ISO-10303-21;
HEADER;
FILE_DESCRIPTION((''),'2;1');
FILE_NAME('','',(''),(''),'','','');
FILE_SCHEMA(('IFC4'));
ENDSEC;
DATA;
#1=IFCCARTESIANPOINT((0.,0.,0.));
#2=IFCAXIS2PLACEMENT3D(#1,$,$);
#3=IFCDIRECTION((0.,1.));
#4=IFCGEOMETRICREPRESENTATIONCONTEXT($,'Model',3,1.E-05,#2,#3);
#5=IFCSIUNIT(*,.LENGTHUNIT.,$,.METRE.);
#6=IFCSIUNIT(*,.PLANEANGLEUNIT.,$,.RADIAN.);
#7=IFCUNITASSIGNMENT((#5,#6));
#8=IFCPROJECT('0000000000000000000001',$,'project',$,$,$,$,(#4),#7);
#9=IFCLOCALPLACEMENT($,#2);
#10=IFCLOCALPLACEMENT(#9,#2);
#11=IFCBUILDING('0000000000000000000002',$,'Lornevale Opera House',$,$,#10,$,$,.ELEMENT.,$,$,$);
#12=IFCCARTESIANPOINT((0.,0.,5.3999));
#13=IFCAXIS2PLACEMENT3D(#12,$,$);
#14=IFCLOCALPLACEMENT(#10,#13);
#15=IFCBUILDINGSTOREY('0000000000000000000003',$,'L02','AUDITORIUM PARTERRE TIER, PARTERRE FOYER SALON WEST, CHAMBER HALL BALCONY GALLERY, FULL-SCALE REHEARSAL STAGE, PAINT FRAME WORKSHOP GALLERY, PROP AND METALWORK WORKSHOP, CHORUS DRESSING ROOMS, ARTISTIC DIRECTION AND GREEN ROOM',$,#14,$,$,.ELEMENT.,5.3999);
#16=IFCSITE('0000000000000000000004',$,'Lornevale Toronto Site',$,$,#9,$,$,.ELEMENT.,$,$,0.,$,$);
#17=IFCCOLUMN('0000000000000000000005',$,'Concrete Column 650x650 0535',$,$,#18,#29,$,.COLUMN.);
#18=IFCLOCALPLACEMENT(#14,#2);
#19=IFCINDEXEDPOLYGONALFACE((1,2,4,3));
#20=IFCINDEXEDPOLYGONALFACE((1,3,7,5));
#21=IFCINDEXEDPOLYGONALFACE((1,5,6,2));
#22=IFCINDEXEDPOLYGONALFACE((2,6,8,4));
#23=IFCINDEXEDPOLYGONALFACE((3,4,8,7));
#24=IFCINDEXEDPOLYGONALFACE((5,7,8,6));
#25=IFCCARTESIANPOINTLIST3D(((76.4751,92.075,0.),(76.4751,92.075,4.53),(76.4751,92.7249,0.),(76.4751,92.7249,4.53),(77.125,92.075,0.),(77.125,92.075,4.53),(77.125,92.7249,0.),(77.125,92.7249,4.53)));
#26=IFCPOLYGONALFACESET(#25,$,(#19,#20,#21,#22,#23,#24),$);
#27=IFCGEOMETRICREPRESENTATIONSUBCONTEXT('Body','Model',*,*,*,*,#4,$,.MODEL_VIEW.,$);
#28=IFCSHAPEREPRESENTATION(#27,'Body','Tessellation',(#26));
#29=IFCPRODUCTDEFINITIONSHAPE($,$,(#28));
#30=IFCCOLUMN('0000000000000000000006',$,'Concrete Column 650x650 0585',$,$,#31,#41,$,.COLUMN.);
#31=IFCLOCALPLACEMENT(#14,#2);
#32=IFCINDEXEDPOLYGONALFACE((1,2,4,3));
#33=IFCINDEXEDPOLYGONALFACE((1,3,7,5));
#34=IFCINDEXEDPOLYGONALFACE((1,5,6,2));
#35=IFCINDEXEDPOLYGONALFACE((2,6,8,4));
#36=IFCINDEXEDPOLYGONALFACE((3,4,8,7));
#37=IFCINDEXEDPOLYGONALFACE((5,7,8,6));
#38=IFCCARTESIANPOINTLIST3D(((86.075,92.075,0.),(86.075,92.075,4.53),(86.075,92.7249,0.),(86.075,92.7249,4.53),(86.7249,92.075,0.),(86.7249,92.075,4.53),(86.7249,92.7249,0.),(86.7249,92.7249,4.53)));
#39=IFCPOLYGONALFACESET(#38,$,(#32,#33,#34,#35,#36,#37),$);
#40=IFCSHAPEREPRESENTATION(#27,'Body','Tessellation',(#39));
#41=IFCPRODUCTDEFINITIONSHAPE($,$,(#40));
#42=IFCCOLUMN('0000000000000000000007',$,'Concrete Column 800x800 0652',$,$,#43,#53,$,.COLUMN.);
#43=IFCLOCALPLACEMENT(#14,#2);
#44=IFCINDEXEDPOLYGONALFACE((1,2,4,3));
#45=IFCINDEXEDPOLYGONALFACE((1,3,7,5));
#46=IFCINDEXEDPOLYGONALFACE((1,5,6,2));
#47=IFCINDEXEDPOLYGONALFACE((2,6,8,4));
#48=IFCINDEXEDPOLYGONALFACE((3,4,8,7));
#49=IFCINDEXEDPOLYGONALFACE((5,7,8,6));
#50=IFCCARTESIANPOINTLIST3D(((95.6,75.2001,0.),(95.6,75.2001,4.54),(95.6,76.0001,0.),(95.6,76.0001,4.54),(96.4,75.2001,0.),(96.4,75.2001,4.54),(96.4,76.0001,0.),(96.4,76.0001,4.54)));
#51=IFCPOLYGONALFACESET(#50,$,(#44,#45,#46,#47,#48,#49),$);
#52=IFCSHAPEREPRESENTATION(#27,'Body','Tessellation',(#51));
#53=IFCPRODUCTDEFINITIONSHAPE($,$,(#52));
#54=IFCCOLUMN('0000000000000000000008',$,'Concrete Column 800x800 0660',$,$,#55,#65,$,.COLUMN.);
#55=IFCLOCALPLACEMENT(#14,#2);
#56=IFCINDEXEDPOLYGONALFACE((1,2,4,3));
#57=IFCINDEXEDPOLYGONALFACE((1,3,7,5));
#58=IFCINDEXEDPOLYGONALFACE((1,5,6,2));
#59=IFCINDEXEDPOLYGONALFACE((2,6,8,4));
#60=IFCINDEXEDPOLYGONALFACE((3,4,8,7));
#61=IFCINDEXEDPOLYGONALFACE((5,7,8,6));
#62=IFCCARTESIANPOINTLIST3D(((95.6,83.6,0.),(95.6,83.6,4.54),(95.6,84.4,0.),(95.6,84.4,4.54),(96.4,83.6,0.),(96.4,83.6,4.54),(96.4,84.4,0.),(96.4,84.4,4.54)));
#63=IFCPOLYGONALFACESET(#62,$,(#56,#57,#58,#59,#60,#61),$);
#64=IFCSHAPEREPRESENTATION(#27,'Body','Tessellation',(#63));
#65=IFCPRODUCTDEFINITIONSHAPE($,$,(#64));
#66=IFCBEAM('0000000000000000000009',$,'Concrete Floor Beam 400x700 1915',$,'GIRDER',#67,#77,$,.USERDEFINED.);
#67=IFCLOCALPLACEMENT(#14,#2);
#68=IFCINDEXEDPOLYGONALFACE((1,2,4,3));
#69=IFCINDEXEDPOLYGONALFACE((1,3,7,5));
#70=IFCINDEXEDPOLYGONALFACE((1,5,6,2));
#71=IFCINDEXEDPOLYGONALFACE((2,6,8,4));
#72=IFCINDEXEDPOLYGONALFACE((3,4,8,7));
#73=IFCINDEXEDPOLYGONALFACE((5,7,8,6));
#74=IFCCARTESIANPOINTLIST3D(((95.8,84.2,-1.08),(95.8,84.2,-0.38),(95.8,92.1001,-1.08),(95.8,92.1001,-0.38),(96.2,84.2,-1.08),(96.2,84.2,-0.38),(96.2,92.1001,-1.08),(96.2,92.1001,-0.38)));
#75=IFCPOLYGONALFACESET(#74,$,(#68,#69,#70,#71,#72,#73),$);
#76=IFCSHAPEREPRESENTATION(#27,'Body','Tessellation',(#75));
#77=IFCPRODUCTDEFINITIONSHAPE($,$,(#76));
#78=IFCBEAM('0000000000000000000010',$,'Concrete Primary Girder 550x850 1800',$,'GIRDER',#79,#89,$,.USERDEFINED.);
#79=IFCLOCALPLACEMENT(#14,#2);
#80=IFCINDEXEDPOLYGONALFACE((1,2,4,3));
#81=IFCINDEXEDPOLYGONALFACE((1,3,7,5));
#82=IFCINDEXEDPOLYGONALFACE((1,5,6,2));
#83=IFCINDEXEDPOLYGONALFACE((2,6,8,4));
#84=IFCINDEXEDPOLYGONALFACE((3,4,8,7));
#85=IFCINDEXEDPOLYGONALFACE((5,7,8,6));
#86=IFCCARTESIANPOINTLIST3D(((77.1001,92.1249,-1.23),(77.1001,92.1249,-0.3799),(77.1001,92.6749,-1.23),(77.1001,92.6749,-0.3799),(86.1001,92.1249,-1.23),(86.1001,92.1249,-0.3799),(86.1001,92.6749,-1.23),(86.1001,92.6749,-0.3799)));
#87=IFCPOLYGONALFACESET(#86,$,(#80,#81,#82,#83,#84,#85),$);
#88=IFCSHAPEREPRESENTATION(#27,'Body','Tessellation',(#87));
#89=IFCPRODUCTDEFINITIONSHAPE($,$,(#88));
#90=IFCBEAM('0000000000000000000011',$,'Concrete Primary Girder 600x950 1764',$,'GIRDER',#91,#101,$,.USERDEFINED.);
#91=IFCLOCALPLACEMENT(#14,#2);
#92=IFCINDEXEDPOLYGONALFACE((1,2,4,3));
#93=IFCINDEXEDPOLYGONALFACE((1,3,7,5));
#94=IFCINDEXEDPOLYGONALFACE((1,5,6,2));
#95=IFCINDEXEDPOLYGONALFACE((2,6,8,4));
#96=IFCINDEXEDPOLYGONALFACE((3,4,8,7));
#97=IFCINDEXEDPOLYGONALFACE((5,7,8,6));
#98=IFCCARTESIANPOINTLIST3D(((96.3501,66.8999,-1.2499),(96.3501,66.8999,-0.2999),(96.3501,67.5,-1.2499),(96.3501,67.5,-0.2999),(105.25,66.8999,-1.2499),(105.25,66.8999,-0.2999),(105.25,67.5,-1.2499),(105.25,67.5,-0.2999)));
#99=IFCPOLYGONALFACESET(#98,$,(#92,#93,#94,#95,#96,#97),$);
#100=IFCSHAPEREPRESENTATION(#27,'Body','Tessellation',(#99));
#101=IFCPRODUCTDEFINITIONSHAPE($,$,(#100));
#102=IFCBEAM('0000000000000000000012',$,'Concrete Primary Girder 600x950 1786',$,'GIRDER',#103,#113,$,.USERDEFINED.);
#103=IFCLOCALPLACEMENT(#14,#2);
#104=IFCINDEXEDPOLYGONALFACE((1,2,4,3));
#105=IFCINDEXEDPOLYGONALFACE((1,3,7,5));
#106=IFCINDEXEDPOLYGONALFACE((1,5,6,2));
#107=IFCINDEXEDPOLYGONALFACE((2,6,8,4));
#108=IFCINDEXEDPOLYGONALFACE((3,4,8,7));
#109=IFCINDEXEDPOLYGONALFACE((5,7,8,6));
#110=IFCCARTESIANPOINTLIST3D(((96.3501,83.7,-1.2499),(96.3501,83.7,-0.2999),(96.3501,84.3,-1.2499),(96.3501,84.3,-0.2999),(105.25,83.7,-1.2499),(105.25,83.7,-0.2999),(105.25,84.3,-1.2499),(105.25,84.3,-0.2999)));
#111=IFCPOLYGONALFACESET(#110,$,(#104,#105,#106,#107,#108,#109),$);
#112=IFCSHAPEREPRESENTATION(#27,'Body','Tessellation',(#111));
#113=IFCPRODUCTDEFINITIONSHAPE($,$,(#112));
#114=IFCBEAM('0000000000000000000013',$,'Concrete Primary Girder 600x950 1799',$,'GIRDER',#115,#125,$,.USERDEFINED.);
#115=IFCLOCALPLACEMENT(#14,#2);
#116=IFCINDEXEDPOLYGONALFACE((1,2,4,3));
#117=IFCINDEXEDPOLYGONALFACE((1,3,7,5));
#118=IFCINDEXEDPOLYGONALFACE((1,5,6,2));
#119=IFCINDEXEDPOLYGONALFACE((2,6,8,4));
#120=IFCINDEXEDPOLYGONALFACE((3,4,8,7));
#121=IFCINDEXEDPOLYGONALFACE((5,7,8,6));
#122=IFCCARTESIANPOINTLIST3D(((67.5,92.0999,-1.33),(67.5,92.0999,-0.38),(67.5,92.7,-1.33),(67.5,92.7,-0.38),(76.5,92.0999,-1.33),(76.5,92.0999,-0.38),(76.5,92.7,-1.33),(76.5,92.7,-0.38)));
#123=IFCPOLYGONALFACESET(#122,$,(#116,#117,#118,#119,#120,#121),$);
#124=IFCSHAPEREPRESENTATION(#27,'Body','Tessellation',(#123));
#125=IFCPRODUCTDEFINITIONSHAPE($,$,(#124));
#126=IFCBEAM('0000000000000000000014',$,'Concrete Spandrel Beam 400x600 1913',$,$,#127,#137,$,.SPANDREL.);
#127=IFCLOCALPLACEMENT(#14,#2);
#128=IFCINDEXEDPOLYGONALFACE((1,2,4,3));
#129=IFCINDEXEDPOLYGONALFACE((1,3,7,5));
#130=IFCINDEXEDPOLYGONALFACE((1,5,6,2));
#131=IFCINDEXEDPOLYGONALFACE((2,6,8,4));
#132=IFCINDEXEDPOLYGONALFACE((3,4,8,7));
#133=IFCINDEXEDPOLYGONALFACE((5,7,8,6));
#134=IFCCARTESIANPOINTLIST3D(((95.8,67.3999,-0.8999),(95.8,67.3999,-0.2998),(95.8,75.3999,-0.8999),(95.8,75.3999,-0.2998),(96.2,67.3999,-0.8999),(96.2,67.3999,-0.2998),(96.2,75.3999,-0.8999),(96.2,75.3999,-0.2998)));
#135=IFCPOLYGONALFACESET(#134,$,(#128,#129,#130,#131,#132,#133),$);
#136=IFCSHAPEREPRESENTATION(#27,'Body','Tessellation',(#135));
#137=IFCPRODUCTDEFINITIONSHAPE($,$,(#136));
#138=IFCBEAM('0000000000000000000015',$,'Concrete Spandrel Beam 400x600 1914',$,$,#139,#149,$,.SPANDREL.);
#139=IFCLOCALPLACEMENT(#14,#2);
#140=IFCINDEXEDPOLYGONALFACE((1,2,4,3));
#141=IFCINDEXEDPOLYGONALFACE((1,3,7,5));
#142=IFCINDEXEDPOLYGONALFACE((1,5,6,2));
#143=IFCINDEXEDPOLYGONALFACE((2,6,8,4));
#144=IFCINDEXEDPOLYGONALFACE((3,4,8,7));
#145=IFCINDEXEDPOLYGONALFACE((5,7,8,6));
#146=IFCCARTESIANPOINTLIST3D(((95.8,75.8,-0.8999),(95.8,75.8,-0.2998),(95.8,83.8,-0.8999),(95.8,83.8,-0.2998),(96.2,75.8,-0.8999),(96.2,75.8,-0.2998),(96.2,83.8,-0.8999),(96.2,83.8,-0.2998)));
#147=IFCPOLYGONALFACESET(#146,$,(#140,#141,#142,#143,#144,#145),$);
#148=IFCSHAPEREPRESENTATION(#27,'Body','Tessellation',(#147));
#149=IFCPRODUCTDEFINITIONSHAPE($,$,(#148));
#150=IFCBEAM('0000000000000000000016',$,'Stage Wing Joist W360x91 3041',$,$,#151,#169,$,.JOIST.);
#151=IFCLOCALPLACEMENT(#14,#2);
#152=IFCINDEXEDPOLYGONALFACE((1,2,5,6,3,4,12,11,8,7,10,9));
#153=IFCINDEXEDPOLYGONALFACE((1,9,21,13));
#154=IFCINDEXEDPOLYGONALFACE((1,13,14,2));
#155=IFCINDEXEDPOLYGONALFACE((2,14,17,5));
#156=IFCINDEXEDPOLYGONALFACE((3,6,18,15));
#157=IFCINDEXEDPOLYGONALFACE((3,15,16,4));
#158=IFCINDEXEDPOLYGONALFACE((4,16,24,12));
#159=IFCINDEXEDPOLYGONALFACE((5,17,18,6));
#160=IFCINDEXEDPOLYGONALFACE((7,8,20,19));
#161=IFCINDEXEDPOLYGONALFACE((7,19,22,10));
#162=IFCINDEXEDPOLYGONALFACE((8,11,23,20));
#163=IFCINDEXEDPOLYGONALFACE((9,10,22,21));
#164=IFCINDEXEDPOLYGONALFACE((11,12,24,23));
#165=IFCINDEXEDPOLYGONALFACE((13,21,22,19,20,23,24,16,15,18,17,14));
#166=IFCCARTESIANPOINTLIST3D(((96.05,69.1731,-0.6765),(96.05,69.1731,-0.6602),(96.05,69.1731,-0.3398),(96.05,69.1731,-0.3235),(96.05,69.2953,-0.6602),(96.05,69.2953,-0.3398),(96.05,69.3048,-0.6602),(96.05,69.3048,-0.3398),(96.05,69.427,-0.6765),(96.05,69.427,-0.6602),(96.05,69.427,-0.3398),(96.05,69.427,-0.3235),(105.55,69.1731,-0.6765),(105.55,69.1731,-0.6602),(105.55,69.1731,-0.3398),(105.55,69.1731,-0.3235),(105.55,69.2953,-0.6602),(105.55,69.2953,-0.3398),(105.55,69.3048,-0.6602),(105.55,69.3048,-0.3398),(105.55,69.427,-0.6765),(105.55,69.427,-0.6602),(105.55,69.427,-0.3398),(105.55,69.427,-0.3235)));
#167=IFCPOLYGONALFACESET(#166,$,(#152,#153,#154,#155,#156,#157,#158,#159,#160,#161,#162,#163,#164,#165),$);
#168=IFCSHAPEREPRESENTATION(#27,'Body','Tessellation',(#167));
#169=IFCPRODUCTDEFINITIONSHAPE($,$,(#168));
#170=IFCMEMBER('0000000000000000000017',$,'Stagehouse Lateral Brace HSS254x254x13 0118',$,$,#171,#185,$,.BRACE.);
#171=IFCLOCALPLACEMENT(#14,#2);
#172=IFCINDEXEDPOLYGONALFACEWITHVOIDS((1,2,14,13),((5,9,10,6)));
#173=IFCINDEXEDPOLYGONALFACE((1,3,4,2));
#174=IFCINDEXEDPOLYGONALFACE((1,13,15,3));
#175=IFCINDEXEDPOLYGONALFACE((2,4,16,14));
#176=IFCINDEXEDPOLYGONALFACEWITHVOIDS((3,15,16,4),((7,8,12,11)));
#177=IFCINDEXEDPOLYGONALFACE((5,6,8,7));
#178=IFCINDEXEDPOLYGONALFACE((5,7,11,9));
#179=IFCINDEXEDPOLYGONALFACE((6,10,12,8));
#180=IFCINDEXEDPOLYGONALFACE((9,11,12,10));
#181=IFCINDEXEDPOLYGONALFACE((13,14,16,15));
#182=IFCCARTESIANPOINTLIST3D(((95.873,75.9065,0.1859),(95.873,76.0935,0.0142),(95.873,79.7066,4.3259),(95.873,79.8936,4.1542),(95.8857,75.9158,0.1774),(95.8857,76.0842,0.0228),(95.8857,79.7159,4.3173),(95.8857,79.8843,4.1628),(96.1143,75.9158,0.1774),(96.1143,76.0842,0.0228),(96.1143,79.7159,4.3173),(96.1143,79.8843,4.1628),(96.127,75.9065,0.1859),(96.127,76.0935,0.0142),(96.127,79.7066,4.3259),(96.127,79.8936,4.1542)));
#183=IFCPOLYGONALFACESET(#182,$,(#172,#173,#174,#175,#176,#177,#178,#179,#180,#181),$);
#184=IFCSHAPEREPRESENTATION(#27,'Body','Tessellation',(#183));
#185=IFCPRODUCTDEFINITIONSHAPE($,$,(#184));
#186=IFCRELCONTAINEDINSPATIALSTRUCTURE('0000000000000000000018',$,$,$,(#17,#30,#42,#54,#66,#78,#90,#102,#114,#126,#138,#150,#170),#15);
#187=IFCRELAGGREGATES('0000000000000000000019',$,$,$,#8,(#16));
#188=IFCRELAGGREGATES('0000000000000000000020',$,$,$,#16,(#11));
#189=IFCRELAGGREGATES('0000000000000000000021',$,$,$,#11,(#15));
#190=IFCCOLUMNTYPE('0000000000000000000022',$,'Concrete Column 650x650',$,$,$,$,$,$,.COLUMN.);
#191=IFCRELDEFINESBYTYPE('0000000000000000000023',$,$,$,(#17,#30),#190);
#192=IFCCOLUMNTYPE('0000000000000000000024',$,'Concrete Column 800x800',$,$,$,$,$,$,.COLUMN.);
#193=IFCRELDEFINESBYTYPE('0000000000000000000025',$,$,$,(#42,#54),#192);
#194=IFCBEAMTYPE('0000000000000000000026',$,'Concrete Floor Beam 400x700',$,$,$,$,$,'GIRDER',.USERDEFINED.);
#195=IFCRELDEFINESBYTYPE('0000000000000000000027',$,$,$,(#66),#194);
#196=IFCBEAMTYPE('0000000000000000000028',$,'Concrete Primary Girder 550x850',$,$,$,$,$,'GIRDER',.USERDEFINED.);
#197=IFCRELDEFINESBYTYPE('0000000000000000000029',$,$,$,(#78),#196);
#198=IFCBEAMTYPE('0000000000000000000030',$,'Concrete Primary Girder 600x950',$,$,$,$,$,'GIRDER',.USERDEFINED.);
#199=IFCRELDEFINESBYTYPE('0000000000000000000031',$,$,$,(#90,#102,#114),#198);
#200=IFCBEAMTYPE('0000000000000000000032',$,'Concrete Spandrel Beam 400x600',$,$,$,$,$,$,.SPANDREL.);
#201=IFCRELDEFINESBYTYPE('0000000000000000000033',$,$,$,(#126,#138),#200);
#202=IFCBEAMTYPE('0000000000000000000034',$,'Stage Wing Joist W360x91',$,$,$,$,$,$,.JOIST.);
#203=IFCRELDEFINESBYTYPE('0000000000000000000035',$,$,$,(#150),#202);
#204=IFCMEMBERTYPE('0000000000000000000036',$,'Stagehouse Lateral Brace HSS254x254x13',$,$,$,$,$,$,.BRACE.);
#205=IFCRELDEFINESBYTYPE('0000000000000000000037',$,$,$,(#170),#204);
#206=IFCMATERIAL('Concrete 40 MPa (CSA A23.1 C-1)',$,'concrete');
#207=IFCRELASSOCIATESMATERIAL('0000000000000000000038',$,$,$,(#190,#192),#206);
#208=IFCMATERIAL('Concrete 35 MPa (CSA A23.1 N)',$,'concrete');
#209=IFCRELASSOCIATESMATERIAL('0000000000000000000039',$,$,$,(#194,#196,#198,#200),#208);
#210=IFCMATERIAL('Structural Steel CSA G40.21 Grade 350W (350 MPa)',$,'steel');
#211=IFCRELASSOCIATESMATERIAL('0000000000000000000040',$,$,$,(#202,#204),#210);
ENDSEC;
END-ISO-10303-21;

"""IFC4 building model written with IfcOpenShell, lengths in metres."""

from ifc_helpers import new_model, si_unit, direction, frame, origin, origin_2d, place, context, subcontext, project, spatial, rectangle, hollow_rectangle, i_section, extrude, material, material_profile, profile_set, type_object, element, save


model = new_model("IFC4")

# Units and contexts
model_context = context("Model", 3, precision=1e-05, world=origin(), true_north=direction((0.0, 1.0)))
body_context = subcontext(model_context, "Body", "Model", "MODEL_VIEW")
ifc_project = project(units=[si_unit("LENGTHUNIT", "METRE"), si_unit("PLANEANGLEUNIT", "RADIAN")], contexts=[model_context])

# Site, building, storey
site_placement = place(None, origin())
site = spatial("IfcSite", under=ifc_project, at=site_placement, Name="Lornevale Toronto Site", CompositionType="ELEMENT", RefElevation=0.0)
building_placement = place(site_placement, origin())
building = spatial("IfcBuilding", under=site, at=building_placement, Name="Lornevale Opera House", CompositionType="ELEMENT")
storey_placement = place(building_placement, frame((0.0, 0.0, 5.3999)))
storey = spatial("IfcBuildingStorey", under=building, at=storey_placement, Name="L02", Description="AUDITORIUM PARTERRE TIER, PARTERRE FOYER SALON WEST, CHAMBER HALL BALCONY GALLERY, FULL-SCALE REHEARSAL STAGE, PAINT FRAME WORKSHOP GALLERY, PROP AND METALWORK WORKSHOP, CHORUS DRESSING ROOMS, ARTISTIC DIRECTION AND GREEN ROOM", CompositionType="ELEMENT", Elevation=5.3999)

# Columns
ifc_material_1 = material(Name="Concrete 40 MPa (CSA A23.1 C-1)", Category="concrete")
ifc_material_profile_1 = material_profile(ifc_material_1, rectangle(XDim=0.6499, YDim=0.6499, at=origin_2d()), Name="RC650x650")
ifc_profile_set_1 = profile_set([ifc_material_profile_1], Name="Concrete 40 MPa (CSA A23.1 C-1)")
column_type_1 = type_object("IfcColumnType", Name="Concrete Column 650x650", PredefinedType="COLUMN", material=ifc_profile_set_1)
for number, where, z_axis, x_axis, name in (
    (1, (76.8, 92.3999, 0.0), (0.0, 0.0, 1.0), (1.0, 0.0, 0.0), "Concrete Column 650x650 0535"),
    (2, (86.3999, 92.3999, 0.0), (0.0, 0.0, 1.0), (1.0, 0.0, 0.0), "Concrete Column 650x650 0585"),
):
    element("IfcColumn", number, at=place(storey_placement, frame(where, z_axis=z_axis, x_axis=x_axis)), inside=storey, type_object=column_type_1, Name=name, PredefinedType="COLUMN", context=body_context, shape_type="SweptSolid", body=[
        extrude(rectangle(XDim=0.6499, YDim=0.6499, at=origin_2d()), origin(), (0.0, 0.0, 1.0), 4.53),
    ])
ifc_material_profile_2 = material_profile(ifc_material_1, rectangle(XDim=0.8, YDim=0.8, at=origin_2d()), Name="RC800x800")
ifc_profile_set_2 = profile_set([ifc_material_profile_2], Name="Concrete 40 MPa (CSA A23.1 C-1)")
column_type_2 = type_object("IfcColumnType", Name="Concrete Column 800x800", PredefinedType="COLUMN", material=ifc_profile_set_2)
for number, where, z_axis, x_axis, name in (
    (3, (96.0, 75.6001, 0.0), (0.0, 0.0, 1.0), (1.0, 0.0, 0.0), "Concrete Column 800x800 0652"),
    (4, (96.0, 84.0, 0.0), (0.0, 0.0, 1.0), (1.0, 0.0, 0.0), "Concrete Column 800x800 0660"),
):
    element("IfcColumn", number, at=place(storey_placement, frame(where, z_axis=z_axis, x_axis=x_axis)), inside=storey, type_object=column_type_2, Name=name, PredefinedType="COLUMN", context=body_context, shape_type="SweptSolid", body=[
        extrude(rectangle(XDim=0.8, YDim=0.8, at=origin_2d()), origin(), (0.0, 0.0, 1.0), 4.54),
    ])

# Beams
ifc_material_2 = material(Name="Concrete 35 MPa (CSA A23.1 N)", Category="concrete")
ifc_material_profile_3 = material_profile(ifc_material_2, rectangle(XDim=0.3999, YDim=0.7, at=origin_2d()), Name="RC400x700")
ifc_profile_set_3 = profile_set([ifc_material_profile_3], Name="Concrete 35 MPa (CSA A23.1 N)")
beam_type_1 = type_object("IfcBeamType", Name="Concrete Floor Beam 400x700", ElementType="GIRDER", PredefinedType="USERDEFINED", material=ifc_profile_set_3)
beam_1_placement = place(storey_placement, frame((96.0, 84.2, -0.73), z_axis=(0.0, 1.0, 0.0), x_axis=(-1.0, 0.0, 0.0)))
element("IfcBeam", 5, at=beam_1_placement, inside=storey, type_object=beam_type_1, Name="Concrete Floor Beam 400x700 1915", ObjectType="GIRDER", PredefinedType="USERDEFINED", context=body_context, shape_type="SweptSolid", body=[
    extrude(rectangle(XDim=0.3999, YDim=0.7, at=origin_2d()), origin(), (0.0, 0.0, 1.0), 7.9001),
])
ifc_material_profile_4 = material_profile(ifc_material_2, rectangle(XDim=0.55, YDim=0.8501, at=origin_2d()), Name="RC550x850")
ifc_profile_set_4 = profile_set([ifc_material_profile_4], Name="Concrete 35 MPa (CSA A23.1 N)")
beam_type_2 = type_object("IfcBeamType", Name="Concrete Primary Girder 550x850", ElementType="GIRDER", PredefinedType="USERDEFINED", material=ifc_profile_set_4)
beam_2_placement = place(storey_placement, frame((77.1001, 92.3999, -0.8049), z_axis=(1.0, 0.0, 0.0), x_axis=(0.0, 1.0, 0.0)))
element("IfcBeam", 6, at=beam_2_placement, inside=storey, type_object=beam_type_2, Name="Concrete Primary Girder 550x850 1800", ObjectType="GIRDER", PredefinedType="USERDEFINED", context=body_context, shape_type="SweptSolid", body=[
    extrude(rectangle(XDim=0.55, YDim=0.8501, at=origin_2d()), origin(), (0.0, 0.0, 1.0), 9.0),
])
ifc_material_profile_5 = material_profile(ifc_material_2, rectangle(XDim=0.6001, YDim=0.95, at=origin_2d()), Name="RC600x950")
ifc_profile_set_5 = profile_set([ifc_material_profile_5], Name="Concrete 35 MPa (CSA A23.1 N)")
beam_type_3 = type_object("IfcBeamType", Name="Concrete Primary Girder 600x950", ElementType="GIRDER", PredefinedType="USERDEFINED", material=ifc_profile_set_5)
for number, where, z_axis, x_axis, name in (
    (7, (96.3501, 67.2, -0.7749), (1.0, 0.0, 0.0), (0.0, 1.0, 0.0), "Concrete Primary Girder 600x950 1764"),
    (8, (96.3501, 84.0, -0.7749), (1.0, 0.0, 0.0), (0.0, 1.0, 0.0), "Concrete Primary Girder 600x950 1786"),
):
    element("IfcBeam", number, at=place(storey_placement, frame(where, z_axis=z_axis, x_axis=x_axis)), inside=storey, type_object=beam_type_3, Name=name, ObjectType="GIRDER", PredefinedType="USERDEFINED", context=body_context, shape_type="SweptSolid", body=[
        extrude(rectangle(XDim=0.6001, YDim=0.95, at=origin_2d()), origin(), (0.0, 0.0, 1.0), 8.8999),
    ])
beam_3_placement = place(storey_placement, frame((67.5, 92.3999, -0.855), z_axis=(1.0, 0.0, 0.0), x_axis=(0.0, 1.0, 0.0)))
element("IfcBeam", 9, at=beam_3_placement, inside=storey, type_object=beam_type_3, Name="Concrete Primary Girder 600x950 1799", ObjectType="GIRDER", PredefinedType="USERDEFINED", context=body_context, shape_type="SweptSolid", body=[
    extrude(rectangle(XDim=0.6001, YDim=0.95, at=origin_2d()), origin(), (0.0, 0.0, 1.0), 9.0),
])
ifc_material_profile_6 = material_profile(ifc_material_2, rectangle(XDim=0.3999, YDim=0.6001, at=origin_2d()), Name="RC400x600")
ifc_profile_set_6 = profile_set([ifc_material_profile_6], Name="Concrete 35 MPa (CSA A23.1 N)")
beam_type_4 = type_object("IfcBeamType", Name="Concrete Spandrel Beam 400x600", PredefinedType="SPANDREL", material=ifc_profile_set_6)
for number, where, z_axis, x_axis, name in (
    (10, (96.0, 67.3999, -0.5999), (0.0, 1.0, 0.0), (-1.0, 0.0, 0.0), "Concrete Spandrel Beam 400x600 1913"),
    (11, (96.0, 75.8, -0.5999), (0.0, 1.0, 0.0), (-1.0, 0.0, 0.0), "Concrete Spandrel Beam 400x600 1914"),
):
    element("IfcBeam", number, at=place(storey_placement, frame(where, z_axis=z_axis, x_axis=x_axis)), inside=storey, type_object=beam_type_4, Name=name, PredefinedType="SPANDREL", context=body_context, shape_type="SweptSolid", body=[
        extrude(rectangle(XDim=0.3999, YDim=0.6001, at=origin_2d()), origin(), (0.0, 0.0, 1.0), 8.0),
    ])
ifc_material_3 = material(Name="Structural Steel CSA G40.21 Grade 350W (350 MPa)", Category="steel")
ifc_material_profile_7 = material_profile(ifc_material_3, i_section(OverallWidth=0.2539, OverallDepth=0.353, WebThickness=0.0095, FlangeThickness=0.0164, at=origin_2d()), Name="W360x91")
ifc_profile_set_7 = profile_set([ifc_material_profile_7], Name="Structural Steel CSA G40.21 Grade 350W (350 MPa)")
beam_type_5 = type_object("IfcBeamType", Name="Stage Wing Joist W360x91", PredefinedType="JOIST", material=ifc_profile_set_7)
beam_4_placement = place(storey_placement, frame((96.05, 69.3, -0.5), z_axis=(1.0, 0.0, 0.0), x_axis=(0.0, 1.0, 0.0)))
element("IfcBeam", 12, at=beam_4_placement, inside=storey, type_object=beam_type_5, Name="Stage Wing Joist W360x91 3041", PredefinedType="JOIST", context=body_context, shape_type="SweptSolid", body=[
    extrude(i_section(OverallWidth=0.2539, OverallDepth=0.353, WebThickness=0.0095, FlangeThickness=0.0164, at=origin_2d()), origin(), (0.0, 0.0, 1.0), 9.5),
])

# Member
ifc_material_profile_8 = material_profile(ifc_material_3, hollow_rectangle(XDim=0.2539, YDim=0.2539, WallThickness=0.0127, at=origin_2d()), Name="HSS254x254x13")
ifc_profile_set_8 = profile_set([ifc_material_profile_8], Name="Structural Steel CSA G40.21 Grade 350W (350 MPa)")
member_type = type_object("IfcMemberType", Name="Stagehouse Lateral Brace HSS254x254x13", PredefinedType="BRACE", material=ifc_profile_set_8)
for number, where, z_axis, x_axis, name in (
    (13, (96.0, 76.0, 0.1001), (0.0, 0.676222, 0.736698), (-1.0, 0.0, 0.0), "Stagehouse Lateral Brace HSS254x254x13 0118"),
):
    element("IfcMember", number, at=place(storey_placement, frame(where, z_axis=z_axis, x_axis=x_axis)), inside=storey, type_object=member_type, Name=name, PredefinedType="BRACE", context=body_context, shape_type="SweptSolid", body=[
        extrude(hollow_rectangle(XDim=0.2539, YDim=0.2539, WallThickness=0.0127, at=origin_2d()), origin(), (0.0, 0.0, 1.0), 5.6196),
    ])

save(model, "model.ifc")
